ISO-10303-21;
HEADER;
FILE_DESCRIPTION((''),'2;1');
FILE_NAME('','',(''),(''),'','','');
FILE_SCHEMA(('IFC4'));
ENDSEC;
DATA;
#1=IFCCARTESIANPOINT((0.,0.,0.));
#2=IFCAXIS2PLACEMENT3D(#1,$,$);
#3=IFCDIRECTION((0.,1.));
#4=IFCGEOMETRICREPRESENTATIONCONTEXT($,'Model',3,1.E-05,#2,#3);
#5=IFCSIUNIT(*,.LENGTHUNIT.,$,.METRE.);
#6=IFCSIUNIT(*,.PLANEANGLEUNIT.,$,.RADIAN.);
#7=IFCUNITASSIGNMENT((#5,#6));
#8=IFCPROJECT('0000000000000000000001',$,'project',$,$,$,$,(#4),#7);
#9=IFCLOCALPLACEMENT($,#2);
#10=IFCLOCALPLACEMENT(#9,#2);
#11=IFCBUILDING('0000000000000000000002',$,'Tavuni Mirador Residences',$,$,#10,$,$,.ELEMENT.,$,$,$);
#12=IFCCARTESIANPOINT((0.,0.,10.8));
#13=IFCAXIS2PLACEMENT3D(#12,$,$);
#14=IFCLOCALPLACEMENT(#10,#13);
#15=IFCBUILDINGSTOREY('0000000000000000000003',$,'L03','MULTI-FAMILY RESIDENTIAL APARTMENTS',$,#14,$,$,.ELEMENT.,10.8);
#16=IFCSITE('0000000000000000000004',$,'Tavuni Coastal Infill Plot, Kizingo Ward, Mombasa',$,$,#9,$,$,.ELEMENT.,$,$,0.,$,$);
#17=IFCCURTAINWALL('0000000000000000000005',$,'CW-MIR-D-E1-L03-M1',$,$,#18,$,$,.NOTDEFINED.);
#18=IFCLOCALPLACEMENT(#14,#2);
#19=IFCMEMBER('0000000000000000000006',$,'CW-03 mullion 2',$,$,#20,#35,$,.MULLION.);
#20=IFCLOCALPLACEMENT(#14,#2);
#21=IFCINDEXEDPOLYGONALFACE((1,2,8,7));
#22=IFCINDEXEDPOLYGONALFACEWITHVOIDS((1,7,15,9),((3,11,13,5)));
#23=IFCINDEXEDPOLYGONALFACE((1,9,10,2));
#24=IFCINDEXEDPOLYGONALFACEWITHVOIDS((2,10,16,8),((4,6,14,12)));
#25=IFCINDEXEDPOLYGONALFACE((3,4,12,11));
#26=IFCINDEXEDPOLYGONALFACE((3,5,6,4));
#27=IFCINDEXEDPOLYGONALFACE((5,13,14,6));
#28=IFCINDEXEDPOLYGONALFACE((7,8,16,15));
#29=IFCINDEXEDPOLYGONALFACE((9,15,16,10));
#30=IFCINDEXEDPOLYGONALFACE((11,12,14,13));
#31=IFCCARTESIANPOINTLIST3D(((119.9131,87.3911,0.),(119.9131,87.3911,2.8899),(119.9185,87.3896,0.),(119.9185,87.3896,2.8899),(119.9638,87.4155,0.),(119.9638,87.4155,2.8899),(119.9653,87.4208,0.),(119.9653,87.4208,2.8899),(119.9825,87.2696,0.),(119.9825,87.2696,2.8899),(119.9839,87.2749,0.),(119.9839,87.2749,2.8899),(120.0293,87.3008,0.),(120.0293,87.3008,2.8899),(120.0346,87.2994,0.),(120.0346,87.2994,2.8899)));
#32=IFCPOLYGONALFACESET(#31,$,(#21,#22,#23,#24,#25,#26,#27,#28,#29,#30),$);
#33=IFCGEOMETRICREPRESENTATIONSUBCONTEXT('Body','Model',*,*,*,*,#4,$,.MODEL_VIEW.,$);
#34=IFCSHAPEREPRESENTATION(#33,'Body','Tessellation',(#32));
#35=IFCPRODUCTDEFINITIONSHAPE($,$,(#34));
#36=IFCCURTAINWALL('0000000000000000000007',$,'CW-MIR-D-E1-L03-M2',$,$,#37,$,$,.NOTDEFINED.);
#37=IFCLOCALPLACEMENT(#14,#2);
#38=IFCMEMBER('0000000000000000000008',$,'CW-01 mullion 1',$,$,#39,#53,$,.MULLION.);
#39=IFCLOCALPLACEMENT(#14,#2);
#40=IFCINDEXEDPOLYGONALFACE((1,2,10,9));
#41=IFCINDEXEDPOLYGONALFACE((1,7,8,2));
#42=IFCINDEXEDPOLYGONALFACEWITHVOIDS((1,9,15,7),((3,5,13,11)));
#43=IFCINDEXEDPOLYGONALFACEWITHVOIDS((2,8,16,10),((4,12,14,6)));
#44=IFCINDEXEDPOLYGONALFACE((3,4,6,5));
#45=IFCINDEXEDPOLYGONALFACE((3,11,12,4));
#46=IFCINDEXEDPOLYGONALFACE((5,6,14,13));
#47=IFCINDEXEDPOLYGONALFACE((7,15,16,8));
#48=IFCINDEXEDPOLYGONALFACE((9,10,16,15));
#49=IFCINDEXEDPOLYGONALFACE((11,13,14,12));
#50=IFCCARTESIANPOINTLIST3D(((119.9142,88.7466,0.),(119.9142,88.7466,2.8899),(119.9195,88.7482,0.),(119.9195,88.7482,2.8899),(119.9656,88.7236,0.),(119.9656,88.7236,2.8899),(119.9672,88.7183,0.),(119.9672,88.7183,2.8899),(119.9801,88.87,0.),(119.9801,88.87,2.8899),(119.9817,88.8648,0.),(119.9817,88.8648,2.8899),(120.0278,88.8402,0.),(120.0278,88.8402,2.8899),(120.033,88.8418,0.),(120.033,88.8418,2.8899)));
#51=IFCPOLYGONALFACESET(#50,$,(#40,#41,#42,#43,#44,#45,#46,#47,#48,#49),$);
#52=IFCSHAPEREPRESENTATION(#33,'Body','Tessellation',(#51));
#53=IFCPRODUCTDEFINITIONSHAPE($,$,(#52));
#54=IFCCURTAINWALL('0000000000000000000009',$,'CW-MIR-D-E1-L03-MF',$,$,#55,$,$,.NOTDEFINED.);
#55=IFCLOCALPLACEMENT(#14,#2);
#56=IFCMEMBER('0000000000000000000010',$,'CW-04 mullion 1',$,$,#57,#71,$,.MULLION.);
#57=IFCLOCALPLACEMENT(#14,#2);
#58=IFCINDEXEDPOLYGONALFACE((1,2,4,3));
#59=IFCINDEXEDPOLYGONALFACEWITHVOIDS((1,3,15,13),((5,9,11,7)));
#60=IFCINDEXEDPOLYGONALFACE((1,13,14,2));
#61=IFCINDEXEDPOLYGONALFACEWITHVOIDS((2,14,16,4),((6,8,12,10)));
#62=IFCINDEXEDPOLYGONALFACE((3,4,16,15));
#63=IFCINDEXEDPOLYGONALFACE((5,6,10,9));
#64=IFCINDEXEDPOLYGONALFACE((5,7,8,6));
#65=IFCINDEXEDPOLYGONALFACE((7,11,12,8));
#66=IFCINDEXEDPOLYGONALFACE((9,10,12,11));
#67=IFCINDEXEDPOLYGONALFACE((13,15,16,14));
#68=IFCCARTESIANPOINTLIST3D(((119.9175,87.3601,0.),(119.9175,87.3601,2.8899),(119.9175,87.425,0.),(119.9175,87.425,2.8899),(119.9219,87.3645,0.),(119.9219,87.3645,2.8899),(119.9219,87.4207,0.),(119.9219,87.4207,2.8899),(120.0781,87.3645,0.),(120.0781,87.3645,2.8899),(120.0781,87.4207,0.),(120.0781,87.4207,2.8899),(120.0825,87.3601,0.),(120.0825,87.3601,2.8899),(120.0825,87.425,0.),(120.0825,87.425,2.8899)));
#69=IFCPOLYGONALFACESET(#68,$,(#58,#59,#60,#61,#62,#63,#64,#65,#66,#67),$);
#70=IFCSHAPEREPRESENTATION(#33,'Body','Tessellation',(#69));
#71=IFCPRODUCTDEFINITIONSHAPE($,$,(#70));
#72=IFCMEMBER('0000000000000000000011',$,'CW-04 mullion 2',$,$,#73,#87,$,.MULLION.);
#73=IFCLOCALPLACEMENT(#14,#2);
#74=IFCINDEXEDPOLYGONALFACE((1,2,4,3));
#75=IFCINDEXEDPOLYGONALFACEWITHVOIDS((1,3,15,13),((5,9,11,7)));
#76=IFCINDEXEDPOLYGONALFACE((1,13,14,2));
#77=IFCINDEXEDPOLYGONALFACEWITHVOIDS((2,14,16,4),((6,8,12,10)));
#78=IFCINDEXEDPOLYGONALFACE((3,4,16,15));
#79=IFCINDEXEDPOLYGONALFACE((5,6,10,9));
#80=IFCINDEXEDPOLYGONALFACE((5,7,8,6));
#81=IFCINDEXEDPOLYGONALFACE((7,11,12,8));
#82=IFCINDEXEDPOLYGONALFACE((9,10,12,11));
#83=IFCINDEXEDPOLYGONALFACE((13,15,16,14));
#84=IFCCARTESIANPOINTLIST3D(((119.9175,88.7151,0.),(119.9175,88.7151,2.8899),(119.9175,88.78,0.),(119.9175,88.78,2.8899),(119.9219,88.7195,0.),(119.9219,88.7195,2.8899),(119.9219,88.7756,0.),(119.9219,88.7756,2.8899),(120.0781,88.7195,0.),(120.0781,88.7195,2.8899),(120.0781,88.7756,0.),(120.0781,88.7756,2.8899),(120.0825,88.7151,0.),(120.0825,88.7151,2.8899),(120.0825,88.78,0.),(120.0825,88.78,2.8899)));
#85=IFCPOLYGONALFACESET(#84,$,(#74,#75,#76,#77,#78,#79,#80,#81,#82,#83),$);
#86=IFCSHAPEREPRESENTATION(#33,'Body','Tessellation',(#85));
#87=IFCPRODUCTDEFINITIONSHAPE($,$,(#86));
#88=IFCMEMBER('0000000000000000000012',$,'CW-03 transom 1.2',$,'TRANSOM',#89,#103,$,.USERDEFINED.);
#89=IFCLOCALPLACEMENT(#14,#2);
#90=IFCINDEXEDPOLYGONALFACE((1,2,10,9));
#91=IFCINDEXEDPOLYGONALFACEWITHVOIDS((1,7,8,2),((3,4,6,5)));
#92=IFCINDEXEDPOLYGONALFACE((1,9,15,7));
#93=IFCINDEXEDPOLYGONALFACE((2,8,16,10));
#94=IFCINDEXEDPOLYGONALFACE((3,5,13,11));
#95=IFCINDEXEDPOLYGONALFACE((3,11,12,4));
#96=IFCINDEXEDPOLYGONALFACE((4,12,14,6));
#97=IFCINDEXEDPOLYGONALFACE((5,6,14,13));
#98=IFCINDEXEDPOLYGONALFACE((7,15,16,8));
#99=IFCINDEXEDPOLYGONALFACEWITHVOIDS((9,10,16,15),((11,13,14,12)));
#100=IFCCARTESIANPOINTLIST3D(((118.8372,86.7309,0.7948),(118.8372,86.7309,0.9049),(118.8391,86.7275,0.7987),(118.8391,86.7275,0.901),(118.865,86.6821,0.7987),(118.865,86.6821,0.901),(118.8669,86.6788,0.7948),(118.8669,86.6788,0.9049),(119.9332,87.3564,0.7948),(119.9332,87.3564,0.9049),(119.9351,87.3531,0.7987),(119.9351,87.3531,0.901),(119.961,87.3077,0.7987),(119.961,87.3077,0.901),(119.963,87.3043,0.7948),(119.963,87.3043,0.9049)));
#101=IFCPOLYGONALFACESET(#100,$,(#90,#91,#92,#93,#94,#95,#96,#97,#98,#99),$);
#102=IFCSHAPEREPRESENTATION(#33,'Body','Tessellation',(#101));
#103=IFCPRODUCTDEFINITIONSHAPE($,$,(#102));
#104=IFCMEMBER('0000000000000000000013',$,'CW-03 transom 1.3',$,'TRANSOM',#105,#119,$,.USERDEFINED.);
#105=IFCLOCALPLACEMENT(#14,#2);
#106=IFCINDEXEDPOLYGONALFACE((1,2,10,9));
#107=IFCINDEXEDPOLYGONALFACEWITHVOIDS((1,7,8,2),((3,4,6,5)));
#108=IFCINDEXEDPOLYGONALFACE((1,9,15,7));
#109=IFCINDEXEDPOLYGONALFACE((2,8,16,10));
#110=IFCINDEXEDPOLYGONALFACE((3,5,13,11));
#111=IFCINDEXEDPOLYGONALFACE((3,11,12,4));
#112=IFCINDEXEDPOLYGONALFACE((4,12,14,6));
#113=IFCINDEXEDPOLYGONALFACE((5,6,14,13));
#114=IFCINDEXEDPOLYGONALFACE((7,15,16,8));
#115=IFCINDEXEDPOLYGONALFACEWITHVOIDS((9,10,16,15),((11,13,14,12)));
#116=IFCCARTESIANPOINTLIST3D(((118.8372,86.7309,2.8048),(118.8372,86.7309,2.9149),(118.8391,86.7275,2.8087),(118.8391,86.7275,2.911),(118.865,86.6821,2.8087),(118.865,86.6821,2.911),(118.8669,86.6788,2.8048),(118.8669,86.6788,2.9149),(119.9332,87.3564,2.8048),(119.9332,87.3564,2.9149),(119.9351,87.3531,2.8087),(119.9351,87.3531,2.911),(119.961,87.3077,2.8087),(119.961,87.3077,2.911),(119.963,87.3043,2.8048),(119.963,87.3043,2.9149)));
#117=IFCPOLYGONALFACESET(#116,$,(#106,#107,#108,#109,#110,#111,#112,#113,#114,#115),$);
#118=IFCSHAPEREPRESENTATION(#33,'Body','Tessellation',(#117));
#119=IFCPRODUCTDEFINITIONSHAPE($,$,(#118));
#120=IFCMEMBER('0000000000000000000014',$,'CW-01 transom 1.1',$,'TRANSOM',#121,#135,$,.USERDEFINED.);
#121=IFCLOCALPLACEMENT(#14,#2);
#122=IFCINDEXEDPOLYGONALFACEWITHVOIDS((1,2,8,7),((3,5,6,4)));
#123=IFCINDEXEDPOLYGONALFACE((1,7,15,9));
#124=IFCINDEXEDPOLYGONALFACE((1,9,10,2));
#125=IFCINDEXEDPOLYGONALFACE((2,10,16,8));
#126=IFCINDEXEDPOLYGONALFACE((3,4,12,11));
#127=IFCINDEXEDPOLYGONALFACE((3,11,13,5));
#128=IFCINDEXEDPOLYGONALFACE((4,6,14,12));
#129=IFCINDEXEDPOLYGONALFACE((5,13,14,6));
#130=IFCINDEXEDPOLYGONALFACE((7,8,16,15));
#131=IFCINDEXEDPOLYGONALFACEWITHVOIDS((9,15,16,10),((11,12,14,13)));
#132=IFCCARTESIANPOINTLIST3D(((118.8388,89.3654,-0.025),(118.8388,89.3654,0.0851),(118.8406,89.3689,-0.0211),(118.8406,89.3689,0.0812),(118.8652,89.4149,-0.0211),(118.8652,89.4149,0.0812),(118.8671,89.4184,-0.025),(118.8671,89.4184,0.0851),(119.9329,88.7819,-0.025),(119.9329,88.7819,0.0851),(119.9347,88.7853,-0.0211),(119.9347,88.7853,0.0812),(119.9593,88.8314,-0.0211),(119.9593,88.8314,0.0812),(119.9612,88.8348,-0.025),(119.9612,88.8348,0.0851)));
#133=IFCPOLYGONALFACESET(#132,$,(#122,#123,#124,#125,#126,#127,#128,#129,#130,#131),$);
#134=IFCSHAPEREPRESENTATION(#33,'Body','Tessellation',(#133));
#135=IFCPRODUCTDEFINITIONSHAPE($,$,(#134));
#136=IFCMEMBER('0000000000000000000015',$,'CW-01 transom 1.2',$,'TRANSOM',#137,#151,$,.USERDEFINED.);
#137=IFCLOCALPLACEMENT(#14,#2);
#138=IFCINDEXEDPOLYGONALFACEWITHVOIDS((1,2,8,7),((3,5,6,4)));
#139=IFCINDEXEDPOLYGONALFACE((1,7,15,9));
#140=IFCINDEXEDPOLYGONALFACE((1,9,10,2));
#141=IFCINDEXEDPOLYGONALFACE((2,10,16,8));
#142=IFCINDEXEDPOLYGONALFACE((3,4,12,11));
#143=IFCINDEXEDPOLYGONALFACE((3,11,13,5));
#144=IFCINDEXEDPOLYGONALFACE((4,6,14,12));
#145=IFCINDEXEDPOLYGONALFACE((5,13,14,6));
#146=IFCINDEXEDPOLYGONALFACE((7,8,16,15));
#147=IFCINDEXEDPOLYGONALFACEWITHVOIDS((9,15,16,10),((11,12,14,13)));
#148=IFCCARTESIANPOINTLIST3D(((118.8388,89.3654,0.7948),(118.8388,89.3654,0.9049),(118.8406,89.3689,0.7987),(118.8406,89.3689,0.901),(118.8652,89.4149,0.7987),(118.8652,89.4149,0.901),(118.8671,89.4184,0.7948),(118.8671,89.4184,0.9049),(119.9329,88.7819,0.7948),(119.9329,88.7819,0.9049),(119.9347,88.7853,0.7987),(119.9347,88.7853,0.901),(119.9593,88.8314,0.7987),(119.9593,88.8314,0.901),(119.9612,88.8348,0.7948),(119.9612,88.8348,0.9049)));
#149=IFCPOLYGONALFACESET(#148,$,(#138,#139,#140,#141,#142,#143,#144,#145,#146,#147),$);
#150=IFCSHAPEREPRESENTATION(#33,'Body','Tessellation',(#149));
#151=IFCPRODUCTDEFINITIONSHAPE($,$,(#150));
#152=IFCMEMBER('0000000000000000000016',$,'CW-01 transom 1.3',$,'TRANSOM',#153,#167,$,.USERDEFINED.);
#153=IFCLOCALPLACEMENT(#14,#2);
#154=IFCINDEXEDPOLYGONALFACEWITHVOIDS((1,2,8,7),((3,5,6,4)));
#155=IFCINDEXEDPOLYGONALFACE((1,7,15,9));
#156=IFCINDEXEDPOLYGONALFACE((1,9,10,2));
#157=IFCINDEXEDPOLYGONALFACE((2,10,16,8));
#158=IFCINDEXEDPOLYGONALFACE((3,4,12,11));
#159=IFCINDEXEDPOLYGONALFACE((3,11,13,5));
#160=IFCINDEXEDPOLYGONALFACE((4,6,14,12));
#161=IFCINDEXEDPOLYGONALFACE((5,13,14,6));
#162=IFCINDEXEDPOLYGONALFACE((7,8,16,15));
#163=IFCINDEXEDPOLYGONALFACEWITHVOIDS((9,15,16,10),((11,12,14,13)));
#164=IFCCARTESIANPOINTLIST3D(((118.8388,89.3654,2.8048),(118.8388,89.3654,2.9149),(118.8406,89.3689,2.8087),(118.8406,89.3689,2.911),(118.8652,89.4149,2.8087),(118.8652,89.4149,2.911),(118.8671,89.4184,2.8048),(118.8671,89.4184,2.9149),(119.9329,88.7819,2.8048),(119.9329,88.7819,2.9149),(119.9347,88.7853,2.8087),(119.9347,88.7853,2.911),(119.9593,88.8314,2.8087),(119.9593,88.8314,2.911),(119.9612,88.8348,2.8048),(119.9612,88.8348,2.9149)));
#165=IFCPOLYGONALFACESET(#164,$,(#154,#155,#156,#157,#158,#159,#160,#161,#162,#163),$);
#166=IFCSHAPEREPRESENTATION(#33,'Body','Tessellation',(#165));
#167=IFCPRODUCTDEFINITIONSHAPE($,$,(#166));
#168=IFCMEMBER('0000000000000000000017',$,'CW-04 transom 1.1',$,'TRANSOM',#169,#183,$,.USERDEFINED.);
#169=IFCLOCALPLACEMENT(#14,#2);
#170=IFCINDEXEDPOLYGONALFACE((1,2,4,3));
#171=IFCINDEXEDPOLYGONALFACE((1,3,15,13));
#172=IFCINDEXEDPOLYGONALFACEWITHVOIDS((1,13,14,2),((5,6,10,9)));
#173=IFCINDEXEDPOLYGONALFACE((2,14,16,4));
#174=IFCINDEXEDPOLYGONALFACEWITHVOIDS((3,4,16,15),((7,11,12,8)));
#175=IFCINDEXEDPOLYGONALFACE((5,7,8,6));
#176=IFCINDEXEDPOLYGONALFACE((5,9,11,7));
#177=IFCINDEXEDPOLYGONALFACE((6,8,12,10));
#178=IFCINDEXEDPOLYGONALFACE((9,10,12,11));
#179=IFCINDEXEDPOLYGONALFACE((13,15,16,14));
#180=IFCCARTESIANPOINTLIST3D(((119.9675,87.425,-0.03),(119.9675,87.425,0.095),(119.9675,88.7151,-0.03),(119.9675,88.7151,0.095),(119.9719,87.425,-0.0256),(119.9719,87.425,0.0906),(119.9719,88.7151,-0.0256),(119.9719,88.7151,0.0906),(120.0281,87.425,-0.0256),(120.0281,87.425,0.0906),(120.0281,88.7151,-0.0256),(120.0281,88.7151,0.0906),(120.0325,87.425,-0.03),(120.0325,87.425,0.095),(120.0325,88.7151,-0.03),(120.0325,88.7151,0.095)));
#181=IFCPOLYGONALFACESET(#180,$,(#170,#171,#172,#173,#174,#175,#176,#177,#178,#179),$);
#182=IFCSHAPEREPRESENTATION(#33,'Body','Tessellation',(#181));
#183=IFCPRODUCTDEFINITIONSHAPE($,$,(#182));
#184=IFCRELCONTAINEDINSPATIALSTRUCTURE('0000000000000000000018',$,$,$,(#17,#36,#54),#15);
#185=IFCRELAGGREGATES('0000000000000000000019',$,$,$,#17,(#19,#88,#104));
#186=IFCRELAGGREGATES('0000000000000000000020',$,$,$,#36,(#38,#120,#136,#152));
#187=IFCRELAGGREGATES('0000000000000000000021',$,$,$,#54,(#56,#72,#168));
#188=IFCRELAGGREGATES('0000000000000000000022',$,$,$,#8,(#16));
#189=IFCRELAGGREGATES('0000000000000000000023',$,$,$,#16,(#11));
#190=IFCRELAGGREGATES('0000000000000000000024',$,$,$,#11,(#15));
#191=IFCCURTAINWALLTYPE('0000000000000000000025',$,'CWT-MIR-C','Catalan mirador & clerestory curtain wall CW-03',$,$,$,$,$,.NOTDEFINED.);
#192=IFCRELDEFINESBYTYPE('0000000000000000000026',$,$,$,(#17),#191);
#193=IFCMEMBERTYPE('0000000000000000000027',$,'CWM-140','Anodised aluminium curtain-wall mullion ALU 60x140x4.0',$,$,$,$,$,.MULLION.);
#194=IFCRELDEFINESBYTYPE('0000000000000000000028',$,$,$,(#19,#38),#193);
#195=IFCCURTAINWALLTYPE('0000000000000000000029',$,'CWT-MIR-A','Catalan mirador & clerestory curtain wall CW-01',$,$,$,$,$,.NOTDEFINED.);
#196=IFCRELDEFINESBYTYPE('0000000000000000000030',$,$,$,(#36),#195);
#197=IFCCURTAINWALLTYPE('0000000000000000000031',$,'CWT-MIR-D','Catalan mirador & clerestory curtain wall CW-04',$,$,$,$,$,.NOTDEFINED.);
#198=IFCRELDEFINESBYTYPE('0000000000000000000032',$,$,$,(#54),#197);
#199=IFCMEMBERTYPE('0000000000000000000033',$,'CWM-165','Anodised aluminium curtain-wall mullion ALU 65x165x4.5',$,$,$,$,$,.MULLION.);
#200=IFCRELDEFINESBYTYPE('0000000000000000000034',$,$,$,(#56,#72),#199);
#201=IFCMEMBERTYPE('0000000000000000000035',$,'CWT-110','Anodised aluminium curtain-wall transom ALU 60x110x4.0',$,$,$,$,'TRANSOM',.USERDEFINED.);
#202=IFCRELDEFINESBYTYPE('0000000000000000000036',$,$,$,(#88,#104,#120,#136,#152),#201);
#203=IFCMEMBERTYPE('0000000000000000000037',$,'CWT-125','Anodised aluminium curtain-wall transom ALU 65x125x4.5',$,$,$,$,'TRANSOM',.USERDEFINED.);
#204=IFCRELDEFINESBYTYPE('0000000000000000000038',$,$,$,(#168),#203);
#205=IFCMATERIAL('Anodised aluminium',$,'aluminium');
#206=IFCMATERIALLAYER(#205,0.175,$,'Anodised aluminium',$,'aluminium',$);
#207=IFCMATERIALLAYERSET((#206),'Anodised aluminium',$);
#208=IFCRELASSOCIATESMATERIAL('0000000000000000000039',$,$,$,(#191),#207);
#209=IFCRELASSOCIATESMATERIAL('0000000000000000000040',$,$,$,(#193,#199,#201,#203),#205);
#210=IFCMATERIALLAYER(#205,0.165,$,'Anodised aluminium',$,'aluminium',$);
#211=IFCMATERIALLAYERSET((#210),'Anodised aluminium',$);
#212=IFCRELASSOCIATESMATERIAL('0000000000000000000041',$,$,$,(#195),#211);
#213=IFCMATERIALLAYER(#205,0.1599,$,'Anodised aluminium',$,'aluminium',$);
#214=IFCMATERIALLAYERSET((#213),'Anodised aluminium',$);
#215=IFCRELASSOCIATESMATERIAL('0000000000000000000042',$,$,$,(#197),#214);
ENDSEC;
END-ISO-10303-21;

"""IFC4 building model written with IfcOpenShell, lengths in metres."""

from ifc_helpers import new_model, si_unit, direction, frame, origin, origin_2d, place, context, subcontext, project, spatial, hollow_rectangle, extrude, material, layer, layer_set, material_profile, profile_set, type_object, element, aggregate, save


model = new_model("IFC4")

# Units and contexts
model_context = context("Model", 3, precision=1e-05, world=origin(), true_north=direction((0.0, 1.0)))
body_context = subcontext(model_context, "Body", "Model", "MODEL_VIEW")
ifc_project = project(units=[si_unit("LENGTHUNIT", "METRE"), si_unit("PLANEANGLEUNIT", "RADIAN")], contexts=[model_context])

# Site, building, storey
site_placement = place(None, origin())
site = spatial("IfcSite", under=ifc_project, at=site_placement, Name="Tavuni Coastal Infill Plot, Kizingo Ward, Mombasa", CompositionType="ELEMENT", RefElevation=0.0)
building_placement = place(site_placement, origin())
building = spatial("IfcBuilding", under=site, at=building_placement, Name="Tavuni Mirador Residences", CompositionType="ELEMENT")
storey_placement = place(building_placement, frame((0.0, 0.0, 10.8)))
storey = spatial("IfcBuildingStorey", under=building, at=storey_placement, Name="L03", Description="MULTI-FAMILY RESIDENTIAL APARTMENTS", CompositionType="ELEMENT", Elevation=10.8)

# Curtain walls, members
ifc_material_1 = material(Name="Anodised aluminium", Category="aluminium")
ifc_layer_1 = layer(ifc_material_1, 0.175, Name="Anodised aluminium", Category="aluminium")
ifc_layer_set_1 = layer_set([ifc_layer_1], Name="Anodised aluminium")
curtain_wall_type_1 = type_object("IfcCurtainWallType", Name="CWT-MIR-C", Description="Catalan mirador & clerestory curtain wall CW-03", PredefinedType="NOTDEFINED", material=ifc_layer_set_1)
curtain_wall_1_placement = place(storey_placement, origin())
curtain_wall_1 = element("IfcCurtainWall", 1, at=curtain_wall_1_placement, inside=storey, type_object=curtain_wall_type_1, Name="CW-MIR-D-E1-L03-M1", PredefinedType="NOTDEFINED")
ifc_material_profile_1 = material_profile(ifc_material_1, hollow_rectangle(XDim=0.0601, YDim=0.1399, WallThickness=0.0039, at=origin_2d()), Name="ALU 60x140x4.0", Category="aluminium")
ifc_profile_set_1 = profile_set([ifc_material_profile_1], Name="Anodised aluminium")
member_type_1 = type_object("IfcMemberType", Name="CWM-140", Description="Anodised aluminium curtain-wall mullion ALU 60x140x4.0", PredefinedType="MULLION", material=ifc_profile_set_1)
member_1_placement = place(storey_placement, frame((119.9739, 87.3452, 0.0), z_axis=(0.0, 0.0, 1.0), x_axis=(0.868466, 0.495749, 0.0)))
member_1 = element("IfcMember", 2, at=member_1_placement, type_object=member_type_1, Name="CW-03 mullion 2", PredefinedType="MULLION", context=body_context, shape_type="SweptSolid", body=[
    extrude(hollow_rectangle(XDim=0.0601, YDim=0.1399, WallThickness=0.0039, at=origin_2d()), origin(), (0.0, 0.0, 1.0), 2.8899),
])
ifc_layer_2 = layer(ifc_material_1, 0.165, Name="Anodised aluminium", Category="aluminium")
ifc_layer_set_2 = layer_set([ifc_layer_2], Name="Anodised aluminium")
curtain_wall_type_2 = type_object("IfcCurtainWallType", Name="CWT-MIR-A", Description="Catalan mirador & clerestory curtain wall CW-01", PredefinedType="NOTDEFINED", material=ifc_layer_set_2)
curtain_wall_2_placement = place(storey_placement, origin())
curtain_wall_2 = element("IfcCurtainWall", 3, at=curtain_wall_2_placement, inside=storey, type_object=curtain_wall_type_2, Name="CW-MIR-D-E1-L03-M2", PredefinedType="NOTDEFINED")
member_2_placement = place(storey_placement, frame((119.9736, 88.7942, 0.0), z_axis=(0.0, 0.0, 1.0), x_axis=(-0.882353, 0.470588, 0.0)))
member_2 = element("IfcMember", 4, at=member_2_placement, type_object=member_type_1, Name="CW-01 mullion 1", PredefinedType="MULLION", context=body_context, shape_type="SweptSolid", body=[
    extrude(hollow_rectangle(XDim=0.0601, YDim=0.1399, WallThickness=0.0039, at=origin_2d()), origin(), (0.0, 0.0, 1.0), 2.8899),
])

# Curtain wall, members
ifc_layer_3 = layer(ifc_material_1, 0.1599, Name="Anodised aluminium", Category="aluminium")
ifc_layer_set_3 = layer_set([ifc_layer_3], Name="Anodised aluminium")
curtain_wall_type_3 = type_object("IfcCurtainWallType", Name="CWT-MIR-D", Description="Catalan mirador & clerestory curtain wall CW-04", PredefinedType="NOTDEFINED", material=ifc_layer_set_3)
curtain_wall_3_placement = place(storey_placement, origin())
curtain_wall_3 = element("IfcCurtainWall", 5, at=curtain_wall_3_placement, inside=storey, type_object=curtain_wall_type_3, Name="CW-MIR-D-E1-L03-MF", PredefinedType="NOTDEFINED")
ifc_material_profile_2 = material_profile(ifc_material_1, hollow_rectangle(XDim=0.0649, YDim=0.165, WallThickness=0.0044, at=origin_2d()), Name="ALU 65x165x4.5", Category="aluminium")
ifc_profile_set_2 = profile_set([ifc_material_profile_2], Name="Anodised aluminium")
member_type_2 = type_object("IfcMemberType", Name="CWM-165", Description="Anodised aluminium curtain-wall mullion ALU 65x165x4.5", PredefinedType="MULLION", material=ifc_profile_set_2)
member_3_placement = place(storey_placement, frame((120.0, 87.3926, 0.0), z_axis=(0.0, 0.0, 1.0), x_axis=(0.0, 1.0, 0.0)))
member_3 = element("IfcMember", 6, at=member_3_placement, type_object=member_type_2, Name="CW-04 mullion 1", PredefinedType="MULLION", context=body_context, shape_type="SweptSolid", body=[
    extrude(hollow_rectangle(XDim=0.0649, YDim=0.165, WallThickness=0.0044, at=origin_2d()), origin(), (0.0, 0.0, 1.0), 2.8899),
])
member_4_placement = place(storey_placement, frame((120.0, 88.7476, 0.0), z_axis=(0.0, 0.0, 1.0), x_axis=(0.0, 1.0, 0.0)))
member_4 = element("IfcMember", 7, at=member_4_placement, type_object=member_type_2, Name="CW-04 mullion 2", PredefinedType="MULLION", context=body_context, shape_type="SweptSolid", body=[
    extrude(hollow_rectangle(XDim=0.0649, YDim=0.165, WallThickness=0.0044, at=origin_2d()), origin(), (0.0, 0.0, 1.0), 2.8899),
])

# Members
ifc_material_profile_3 = material_profile(ifc_material_1, hollow_rectangle(XDim=0.0601, YDim=0.1101, WallThickness=0.0039, at=origin_2d()), Name="ALU 60x110x4.0", Category="aluminium")
ifc_profile_set_3 = profile_set([ifc_material_profile_3], Name="Anodised aluminium")
member_type_3 = type_object("IfcMemberType", Name="CWT-110", Description="Anodised aluminium curtain-wall transom ALU 60x110x4.0", ElementType="TRANSOM", PredefinedType="USERDEFINED", material=ifc_profile_set_3)
member_5_placement = place(storey_placement, frame((118.8521, 86.7048, 0.8499), z_axis=(0.868505, 0.49568, 0.0), x_axis=(-0.49568, 0.868505, 0.0)))
member_5 = element("IfcMember", 8, at=member_5_placement, type_object=member_type_3, Name="CW-03 transom 1.2", ObjectType="TRANSOM", PredefinedType="USERDEFINED", context=body_context, shape_type="SweptSolid", body=[
    extrude(hollow_rectangle(XDim=0.0601, YDim=0.1101, WallThickness=0.0039, at=origin_2d()), origin(), (0.0, 0.0, 1.0), 1.262),
])
member_6_placement = place(storey_placement, frame((118.8521, 86.7048, 2.8599), z_axis=(0.868505, 0.49568, 0.0), x_axis=(-0.49568, 0.868505, 0.0)))
member_6 = element("IfcMember", 9, at=member_6_placement, type_object=member_type_3, Name="CW-03 transom 1.3", ObjectType="TRANSOM", PredefinedType="USERDEFINED", context=body_context, shape_type="SweptSolid", body=[
    extrude(hollow_rectangle(XDim=0.0601, YDim=0.1101, WallThickness=0.0039, at=origin_2d()), origin(), (0.0, 0.0, 1.0), 1.262),
])
member_7_placement = place(storey_placement, frame((119.947, 88.8083, 0.03), z_axis=(-0.882342, 0.470609, 0.0), x_axis=(-0.470609, -0.882342, 0.0)))
member_7 = element("IfcMember", 10, at=member_7_placement, type_object=member_type_3, Name="CW-01 transom 1.1", ObjectType="TRANSOM", PredefinedType="USERDEFINED", context=body_context, shape_type="SweptSolid", body=[
    extrude(hollow_rectangle(XDim=0.0601, YDim=0.1101, WallThickness=0.0039, at=origin_2d()), origin(), (0.0, 0.0, 1.0), 1.24),
])
member_8_placement = place(storey_placement, frame((119.947, 88.8083, 0.8499), z_axis=(-0.882342, 0.470609, 0.0), x_axis=(-0.470609, -0.882342, 0.0)))
member_8 = element("IfcMember", 11, at=member_8_placement, type_object=member_type_3, Name="CW-01 transom 1.2", ObjectType="TRANSOM", PredefinedType="USERDEFINED", context=body_context, shape_type="SweptSolid", body=[
    extrude(hollow_rectangle(XDim=0.0601, YDim=0.1101, WallThickness=0.0039, at=origin_2d()), origin(), (0.0, 0.0, 1.0), 1.24),
])
member_9_placement = place(storey_placement, frame((119.947, 88.8083, 2.8599), z_axis=(-0.882342, 0.470609, 0.0), x_axis=(-0.470609, -0.882342, 0.0)))
member_9 = element("IfcMember", 12, at=member_9_placement, type_object=member_type_3, Name="CW-01 transom 1.3", ObjectType="TRANSOM", PredefinedType="USERDEFINED", context=body_context, shape_type="SweptSolid", body=[
    extrude(hollow_rectangle(XDim=0.0601, YDim=0.1101, WallThickness=0.0039, at=origin_2d()), origin(), (0.0, 0.0, 1.0), 1.24),
])
ifc_material_profile_4 = material_profile(ifc_material_1, hollow_rectangle(XDim=0.0649, YDim=0.125, WallThickness=0.0044, at=origin_2d()), Name="ALU 65x125x4.5", Category="aluminium")
ifc_profile_set_4 = profile_set([ifc_material_profile_4], Name="Anodised aluminium")
member_type_4 = type_object("IfcMemberType", Name="CWT-125", Description="Anodised aluminium curtain-wall transom ALU 65x125x4.5", ElementType="TRANSOM", PredefinedType="USERDEFINED", material=ifc_profile_set_4)
member_10_placement = place(storey_placement, frame((120.0, 87.425, 0.0325), z_axis=(0.0, 1.0, 0.0), x_axis=(-1.0, 0.0, 0.0)))
member_10 = element("IfcMember", 13, at=member_10_placement, type_object=member_type_4, Name="CW-04 transom 1.1", ObjectType="TRANSOM", PredefinedType="USERDEFINED", context=body_context, shape_type="SweptSolid", body=[
    extrude(hollow_rectangle(XDim=0.0649, YDim=0.125, WallThickness=0.0044, at=origin_2d()), origin(), (0.0, 0.0, 1.0), 1.29),
])

aggregate(curtain_wall_1, [member_1, member_5, member_6])
aggregate(curtain_wall_2, [member_2, member_7, member_8, member_9])
aggregate(curtain_wall_3, [member_3, member_4, member_10])

save(model, "model.ifc")
